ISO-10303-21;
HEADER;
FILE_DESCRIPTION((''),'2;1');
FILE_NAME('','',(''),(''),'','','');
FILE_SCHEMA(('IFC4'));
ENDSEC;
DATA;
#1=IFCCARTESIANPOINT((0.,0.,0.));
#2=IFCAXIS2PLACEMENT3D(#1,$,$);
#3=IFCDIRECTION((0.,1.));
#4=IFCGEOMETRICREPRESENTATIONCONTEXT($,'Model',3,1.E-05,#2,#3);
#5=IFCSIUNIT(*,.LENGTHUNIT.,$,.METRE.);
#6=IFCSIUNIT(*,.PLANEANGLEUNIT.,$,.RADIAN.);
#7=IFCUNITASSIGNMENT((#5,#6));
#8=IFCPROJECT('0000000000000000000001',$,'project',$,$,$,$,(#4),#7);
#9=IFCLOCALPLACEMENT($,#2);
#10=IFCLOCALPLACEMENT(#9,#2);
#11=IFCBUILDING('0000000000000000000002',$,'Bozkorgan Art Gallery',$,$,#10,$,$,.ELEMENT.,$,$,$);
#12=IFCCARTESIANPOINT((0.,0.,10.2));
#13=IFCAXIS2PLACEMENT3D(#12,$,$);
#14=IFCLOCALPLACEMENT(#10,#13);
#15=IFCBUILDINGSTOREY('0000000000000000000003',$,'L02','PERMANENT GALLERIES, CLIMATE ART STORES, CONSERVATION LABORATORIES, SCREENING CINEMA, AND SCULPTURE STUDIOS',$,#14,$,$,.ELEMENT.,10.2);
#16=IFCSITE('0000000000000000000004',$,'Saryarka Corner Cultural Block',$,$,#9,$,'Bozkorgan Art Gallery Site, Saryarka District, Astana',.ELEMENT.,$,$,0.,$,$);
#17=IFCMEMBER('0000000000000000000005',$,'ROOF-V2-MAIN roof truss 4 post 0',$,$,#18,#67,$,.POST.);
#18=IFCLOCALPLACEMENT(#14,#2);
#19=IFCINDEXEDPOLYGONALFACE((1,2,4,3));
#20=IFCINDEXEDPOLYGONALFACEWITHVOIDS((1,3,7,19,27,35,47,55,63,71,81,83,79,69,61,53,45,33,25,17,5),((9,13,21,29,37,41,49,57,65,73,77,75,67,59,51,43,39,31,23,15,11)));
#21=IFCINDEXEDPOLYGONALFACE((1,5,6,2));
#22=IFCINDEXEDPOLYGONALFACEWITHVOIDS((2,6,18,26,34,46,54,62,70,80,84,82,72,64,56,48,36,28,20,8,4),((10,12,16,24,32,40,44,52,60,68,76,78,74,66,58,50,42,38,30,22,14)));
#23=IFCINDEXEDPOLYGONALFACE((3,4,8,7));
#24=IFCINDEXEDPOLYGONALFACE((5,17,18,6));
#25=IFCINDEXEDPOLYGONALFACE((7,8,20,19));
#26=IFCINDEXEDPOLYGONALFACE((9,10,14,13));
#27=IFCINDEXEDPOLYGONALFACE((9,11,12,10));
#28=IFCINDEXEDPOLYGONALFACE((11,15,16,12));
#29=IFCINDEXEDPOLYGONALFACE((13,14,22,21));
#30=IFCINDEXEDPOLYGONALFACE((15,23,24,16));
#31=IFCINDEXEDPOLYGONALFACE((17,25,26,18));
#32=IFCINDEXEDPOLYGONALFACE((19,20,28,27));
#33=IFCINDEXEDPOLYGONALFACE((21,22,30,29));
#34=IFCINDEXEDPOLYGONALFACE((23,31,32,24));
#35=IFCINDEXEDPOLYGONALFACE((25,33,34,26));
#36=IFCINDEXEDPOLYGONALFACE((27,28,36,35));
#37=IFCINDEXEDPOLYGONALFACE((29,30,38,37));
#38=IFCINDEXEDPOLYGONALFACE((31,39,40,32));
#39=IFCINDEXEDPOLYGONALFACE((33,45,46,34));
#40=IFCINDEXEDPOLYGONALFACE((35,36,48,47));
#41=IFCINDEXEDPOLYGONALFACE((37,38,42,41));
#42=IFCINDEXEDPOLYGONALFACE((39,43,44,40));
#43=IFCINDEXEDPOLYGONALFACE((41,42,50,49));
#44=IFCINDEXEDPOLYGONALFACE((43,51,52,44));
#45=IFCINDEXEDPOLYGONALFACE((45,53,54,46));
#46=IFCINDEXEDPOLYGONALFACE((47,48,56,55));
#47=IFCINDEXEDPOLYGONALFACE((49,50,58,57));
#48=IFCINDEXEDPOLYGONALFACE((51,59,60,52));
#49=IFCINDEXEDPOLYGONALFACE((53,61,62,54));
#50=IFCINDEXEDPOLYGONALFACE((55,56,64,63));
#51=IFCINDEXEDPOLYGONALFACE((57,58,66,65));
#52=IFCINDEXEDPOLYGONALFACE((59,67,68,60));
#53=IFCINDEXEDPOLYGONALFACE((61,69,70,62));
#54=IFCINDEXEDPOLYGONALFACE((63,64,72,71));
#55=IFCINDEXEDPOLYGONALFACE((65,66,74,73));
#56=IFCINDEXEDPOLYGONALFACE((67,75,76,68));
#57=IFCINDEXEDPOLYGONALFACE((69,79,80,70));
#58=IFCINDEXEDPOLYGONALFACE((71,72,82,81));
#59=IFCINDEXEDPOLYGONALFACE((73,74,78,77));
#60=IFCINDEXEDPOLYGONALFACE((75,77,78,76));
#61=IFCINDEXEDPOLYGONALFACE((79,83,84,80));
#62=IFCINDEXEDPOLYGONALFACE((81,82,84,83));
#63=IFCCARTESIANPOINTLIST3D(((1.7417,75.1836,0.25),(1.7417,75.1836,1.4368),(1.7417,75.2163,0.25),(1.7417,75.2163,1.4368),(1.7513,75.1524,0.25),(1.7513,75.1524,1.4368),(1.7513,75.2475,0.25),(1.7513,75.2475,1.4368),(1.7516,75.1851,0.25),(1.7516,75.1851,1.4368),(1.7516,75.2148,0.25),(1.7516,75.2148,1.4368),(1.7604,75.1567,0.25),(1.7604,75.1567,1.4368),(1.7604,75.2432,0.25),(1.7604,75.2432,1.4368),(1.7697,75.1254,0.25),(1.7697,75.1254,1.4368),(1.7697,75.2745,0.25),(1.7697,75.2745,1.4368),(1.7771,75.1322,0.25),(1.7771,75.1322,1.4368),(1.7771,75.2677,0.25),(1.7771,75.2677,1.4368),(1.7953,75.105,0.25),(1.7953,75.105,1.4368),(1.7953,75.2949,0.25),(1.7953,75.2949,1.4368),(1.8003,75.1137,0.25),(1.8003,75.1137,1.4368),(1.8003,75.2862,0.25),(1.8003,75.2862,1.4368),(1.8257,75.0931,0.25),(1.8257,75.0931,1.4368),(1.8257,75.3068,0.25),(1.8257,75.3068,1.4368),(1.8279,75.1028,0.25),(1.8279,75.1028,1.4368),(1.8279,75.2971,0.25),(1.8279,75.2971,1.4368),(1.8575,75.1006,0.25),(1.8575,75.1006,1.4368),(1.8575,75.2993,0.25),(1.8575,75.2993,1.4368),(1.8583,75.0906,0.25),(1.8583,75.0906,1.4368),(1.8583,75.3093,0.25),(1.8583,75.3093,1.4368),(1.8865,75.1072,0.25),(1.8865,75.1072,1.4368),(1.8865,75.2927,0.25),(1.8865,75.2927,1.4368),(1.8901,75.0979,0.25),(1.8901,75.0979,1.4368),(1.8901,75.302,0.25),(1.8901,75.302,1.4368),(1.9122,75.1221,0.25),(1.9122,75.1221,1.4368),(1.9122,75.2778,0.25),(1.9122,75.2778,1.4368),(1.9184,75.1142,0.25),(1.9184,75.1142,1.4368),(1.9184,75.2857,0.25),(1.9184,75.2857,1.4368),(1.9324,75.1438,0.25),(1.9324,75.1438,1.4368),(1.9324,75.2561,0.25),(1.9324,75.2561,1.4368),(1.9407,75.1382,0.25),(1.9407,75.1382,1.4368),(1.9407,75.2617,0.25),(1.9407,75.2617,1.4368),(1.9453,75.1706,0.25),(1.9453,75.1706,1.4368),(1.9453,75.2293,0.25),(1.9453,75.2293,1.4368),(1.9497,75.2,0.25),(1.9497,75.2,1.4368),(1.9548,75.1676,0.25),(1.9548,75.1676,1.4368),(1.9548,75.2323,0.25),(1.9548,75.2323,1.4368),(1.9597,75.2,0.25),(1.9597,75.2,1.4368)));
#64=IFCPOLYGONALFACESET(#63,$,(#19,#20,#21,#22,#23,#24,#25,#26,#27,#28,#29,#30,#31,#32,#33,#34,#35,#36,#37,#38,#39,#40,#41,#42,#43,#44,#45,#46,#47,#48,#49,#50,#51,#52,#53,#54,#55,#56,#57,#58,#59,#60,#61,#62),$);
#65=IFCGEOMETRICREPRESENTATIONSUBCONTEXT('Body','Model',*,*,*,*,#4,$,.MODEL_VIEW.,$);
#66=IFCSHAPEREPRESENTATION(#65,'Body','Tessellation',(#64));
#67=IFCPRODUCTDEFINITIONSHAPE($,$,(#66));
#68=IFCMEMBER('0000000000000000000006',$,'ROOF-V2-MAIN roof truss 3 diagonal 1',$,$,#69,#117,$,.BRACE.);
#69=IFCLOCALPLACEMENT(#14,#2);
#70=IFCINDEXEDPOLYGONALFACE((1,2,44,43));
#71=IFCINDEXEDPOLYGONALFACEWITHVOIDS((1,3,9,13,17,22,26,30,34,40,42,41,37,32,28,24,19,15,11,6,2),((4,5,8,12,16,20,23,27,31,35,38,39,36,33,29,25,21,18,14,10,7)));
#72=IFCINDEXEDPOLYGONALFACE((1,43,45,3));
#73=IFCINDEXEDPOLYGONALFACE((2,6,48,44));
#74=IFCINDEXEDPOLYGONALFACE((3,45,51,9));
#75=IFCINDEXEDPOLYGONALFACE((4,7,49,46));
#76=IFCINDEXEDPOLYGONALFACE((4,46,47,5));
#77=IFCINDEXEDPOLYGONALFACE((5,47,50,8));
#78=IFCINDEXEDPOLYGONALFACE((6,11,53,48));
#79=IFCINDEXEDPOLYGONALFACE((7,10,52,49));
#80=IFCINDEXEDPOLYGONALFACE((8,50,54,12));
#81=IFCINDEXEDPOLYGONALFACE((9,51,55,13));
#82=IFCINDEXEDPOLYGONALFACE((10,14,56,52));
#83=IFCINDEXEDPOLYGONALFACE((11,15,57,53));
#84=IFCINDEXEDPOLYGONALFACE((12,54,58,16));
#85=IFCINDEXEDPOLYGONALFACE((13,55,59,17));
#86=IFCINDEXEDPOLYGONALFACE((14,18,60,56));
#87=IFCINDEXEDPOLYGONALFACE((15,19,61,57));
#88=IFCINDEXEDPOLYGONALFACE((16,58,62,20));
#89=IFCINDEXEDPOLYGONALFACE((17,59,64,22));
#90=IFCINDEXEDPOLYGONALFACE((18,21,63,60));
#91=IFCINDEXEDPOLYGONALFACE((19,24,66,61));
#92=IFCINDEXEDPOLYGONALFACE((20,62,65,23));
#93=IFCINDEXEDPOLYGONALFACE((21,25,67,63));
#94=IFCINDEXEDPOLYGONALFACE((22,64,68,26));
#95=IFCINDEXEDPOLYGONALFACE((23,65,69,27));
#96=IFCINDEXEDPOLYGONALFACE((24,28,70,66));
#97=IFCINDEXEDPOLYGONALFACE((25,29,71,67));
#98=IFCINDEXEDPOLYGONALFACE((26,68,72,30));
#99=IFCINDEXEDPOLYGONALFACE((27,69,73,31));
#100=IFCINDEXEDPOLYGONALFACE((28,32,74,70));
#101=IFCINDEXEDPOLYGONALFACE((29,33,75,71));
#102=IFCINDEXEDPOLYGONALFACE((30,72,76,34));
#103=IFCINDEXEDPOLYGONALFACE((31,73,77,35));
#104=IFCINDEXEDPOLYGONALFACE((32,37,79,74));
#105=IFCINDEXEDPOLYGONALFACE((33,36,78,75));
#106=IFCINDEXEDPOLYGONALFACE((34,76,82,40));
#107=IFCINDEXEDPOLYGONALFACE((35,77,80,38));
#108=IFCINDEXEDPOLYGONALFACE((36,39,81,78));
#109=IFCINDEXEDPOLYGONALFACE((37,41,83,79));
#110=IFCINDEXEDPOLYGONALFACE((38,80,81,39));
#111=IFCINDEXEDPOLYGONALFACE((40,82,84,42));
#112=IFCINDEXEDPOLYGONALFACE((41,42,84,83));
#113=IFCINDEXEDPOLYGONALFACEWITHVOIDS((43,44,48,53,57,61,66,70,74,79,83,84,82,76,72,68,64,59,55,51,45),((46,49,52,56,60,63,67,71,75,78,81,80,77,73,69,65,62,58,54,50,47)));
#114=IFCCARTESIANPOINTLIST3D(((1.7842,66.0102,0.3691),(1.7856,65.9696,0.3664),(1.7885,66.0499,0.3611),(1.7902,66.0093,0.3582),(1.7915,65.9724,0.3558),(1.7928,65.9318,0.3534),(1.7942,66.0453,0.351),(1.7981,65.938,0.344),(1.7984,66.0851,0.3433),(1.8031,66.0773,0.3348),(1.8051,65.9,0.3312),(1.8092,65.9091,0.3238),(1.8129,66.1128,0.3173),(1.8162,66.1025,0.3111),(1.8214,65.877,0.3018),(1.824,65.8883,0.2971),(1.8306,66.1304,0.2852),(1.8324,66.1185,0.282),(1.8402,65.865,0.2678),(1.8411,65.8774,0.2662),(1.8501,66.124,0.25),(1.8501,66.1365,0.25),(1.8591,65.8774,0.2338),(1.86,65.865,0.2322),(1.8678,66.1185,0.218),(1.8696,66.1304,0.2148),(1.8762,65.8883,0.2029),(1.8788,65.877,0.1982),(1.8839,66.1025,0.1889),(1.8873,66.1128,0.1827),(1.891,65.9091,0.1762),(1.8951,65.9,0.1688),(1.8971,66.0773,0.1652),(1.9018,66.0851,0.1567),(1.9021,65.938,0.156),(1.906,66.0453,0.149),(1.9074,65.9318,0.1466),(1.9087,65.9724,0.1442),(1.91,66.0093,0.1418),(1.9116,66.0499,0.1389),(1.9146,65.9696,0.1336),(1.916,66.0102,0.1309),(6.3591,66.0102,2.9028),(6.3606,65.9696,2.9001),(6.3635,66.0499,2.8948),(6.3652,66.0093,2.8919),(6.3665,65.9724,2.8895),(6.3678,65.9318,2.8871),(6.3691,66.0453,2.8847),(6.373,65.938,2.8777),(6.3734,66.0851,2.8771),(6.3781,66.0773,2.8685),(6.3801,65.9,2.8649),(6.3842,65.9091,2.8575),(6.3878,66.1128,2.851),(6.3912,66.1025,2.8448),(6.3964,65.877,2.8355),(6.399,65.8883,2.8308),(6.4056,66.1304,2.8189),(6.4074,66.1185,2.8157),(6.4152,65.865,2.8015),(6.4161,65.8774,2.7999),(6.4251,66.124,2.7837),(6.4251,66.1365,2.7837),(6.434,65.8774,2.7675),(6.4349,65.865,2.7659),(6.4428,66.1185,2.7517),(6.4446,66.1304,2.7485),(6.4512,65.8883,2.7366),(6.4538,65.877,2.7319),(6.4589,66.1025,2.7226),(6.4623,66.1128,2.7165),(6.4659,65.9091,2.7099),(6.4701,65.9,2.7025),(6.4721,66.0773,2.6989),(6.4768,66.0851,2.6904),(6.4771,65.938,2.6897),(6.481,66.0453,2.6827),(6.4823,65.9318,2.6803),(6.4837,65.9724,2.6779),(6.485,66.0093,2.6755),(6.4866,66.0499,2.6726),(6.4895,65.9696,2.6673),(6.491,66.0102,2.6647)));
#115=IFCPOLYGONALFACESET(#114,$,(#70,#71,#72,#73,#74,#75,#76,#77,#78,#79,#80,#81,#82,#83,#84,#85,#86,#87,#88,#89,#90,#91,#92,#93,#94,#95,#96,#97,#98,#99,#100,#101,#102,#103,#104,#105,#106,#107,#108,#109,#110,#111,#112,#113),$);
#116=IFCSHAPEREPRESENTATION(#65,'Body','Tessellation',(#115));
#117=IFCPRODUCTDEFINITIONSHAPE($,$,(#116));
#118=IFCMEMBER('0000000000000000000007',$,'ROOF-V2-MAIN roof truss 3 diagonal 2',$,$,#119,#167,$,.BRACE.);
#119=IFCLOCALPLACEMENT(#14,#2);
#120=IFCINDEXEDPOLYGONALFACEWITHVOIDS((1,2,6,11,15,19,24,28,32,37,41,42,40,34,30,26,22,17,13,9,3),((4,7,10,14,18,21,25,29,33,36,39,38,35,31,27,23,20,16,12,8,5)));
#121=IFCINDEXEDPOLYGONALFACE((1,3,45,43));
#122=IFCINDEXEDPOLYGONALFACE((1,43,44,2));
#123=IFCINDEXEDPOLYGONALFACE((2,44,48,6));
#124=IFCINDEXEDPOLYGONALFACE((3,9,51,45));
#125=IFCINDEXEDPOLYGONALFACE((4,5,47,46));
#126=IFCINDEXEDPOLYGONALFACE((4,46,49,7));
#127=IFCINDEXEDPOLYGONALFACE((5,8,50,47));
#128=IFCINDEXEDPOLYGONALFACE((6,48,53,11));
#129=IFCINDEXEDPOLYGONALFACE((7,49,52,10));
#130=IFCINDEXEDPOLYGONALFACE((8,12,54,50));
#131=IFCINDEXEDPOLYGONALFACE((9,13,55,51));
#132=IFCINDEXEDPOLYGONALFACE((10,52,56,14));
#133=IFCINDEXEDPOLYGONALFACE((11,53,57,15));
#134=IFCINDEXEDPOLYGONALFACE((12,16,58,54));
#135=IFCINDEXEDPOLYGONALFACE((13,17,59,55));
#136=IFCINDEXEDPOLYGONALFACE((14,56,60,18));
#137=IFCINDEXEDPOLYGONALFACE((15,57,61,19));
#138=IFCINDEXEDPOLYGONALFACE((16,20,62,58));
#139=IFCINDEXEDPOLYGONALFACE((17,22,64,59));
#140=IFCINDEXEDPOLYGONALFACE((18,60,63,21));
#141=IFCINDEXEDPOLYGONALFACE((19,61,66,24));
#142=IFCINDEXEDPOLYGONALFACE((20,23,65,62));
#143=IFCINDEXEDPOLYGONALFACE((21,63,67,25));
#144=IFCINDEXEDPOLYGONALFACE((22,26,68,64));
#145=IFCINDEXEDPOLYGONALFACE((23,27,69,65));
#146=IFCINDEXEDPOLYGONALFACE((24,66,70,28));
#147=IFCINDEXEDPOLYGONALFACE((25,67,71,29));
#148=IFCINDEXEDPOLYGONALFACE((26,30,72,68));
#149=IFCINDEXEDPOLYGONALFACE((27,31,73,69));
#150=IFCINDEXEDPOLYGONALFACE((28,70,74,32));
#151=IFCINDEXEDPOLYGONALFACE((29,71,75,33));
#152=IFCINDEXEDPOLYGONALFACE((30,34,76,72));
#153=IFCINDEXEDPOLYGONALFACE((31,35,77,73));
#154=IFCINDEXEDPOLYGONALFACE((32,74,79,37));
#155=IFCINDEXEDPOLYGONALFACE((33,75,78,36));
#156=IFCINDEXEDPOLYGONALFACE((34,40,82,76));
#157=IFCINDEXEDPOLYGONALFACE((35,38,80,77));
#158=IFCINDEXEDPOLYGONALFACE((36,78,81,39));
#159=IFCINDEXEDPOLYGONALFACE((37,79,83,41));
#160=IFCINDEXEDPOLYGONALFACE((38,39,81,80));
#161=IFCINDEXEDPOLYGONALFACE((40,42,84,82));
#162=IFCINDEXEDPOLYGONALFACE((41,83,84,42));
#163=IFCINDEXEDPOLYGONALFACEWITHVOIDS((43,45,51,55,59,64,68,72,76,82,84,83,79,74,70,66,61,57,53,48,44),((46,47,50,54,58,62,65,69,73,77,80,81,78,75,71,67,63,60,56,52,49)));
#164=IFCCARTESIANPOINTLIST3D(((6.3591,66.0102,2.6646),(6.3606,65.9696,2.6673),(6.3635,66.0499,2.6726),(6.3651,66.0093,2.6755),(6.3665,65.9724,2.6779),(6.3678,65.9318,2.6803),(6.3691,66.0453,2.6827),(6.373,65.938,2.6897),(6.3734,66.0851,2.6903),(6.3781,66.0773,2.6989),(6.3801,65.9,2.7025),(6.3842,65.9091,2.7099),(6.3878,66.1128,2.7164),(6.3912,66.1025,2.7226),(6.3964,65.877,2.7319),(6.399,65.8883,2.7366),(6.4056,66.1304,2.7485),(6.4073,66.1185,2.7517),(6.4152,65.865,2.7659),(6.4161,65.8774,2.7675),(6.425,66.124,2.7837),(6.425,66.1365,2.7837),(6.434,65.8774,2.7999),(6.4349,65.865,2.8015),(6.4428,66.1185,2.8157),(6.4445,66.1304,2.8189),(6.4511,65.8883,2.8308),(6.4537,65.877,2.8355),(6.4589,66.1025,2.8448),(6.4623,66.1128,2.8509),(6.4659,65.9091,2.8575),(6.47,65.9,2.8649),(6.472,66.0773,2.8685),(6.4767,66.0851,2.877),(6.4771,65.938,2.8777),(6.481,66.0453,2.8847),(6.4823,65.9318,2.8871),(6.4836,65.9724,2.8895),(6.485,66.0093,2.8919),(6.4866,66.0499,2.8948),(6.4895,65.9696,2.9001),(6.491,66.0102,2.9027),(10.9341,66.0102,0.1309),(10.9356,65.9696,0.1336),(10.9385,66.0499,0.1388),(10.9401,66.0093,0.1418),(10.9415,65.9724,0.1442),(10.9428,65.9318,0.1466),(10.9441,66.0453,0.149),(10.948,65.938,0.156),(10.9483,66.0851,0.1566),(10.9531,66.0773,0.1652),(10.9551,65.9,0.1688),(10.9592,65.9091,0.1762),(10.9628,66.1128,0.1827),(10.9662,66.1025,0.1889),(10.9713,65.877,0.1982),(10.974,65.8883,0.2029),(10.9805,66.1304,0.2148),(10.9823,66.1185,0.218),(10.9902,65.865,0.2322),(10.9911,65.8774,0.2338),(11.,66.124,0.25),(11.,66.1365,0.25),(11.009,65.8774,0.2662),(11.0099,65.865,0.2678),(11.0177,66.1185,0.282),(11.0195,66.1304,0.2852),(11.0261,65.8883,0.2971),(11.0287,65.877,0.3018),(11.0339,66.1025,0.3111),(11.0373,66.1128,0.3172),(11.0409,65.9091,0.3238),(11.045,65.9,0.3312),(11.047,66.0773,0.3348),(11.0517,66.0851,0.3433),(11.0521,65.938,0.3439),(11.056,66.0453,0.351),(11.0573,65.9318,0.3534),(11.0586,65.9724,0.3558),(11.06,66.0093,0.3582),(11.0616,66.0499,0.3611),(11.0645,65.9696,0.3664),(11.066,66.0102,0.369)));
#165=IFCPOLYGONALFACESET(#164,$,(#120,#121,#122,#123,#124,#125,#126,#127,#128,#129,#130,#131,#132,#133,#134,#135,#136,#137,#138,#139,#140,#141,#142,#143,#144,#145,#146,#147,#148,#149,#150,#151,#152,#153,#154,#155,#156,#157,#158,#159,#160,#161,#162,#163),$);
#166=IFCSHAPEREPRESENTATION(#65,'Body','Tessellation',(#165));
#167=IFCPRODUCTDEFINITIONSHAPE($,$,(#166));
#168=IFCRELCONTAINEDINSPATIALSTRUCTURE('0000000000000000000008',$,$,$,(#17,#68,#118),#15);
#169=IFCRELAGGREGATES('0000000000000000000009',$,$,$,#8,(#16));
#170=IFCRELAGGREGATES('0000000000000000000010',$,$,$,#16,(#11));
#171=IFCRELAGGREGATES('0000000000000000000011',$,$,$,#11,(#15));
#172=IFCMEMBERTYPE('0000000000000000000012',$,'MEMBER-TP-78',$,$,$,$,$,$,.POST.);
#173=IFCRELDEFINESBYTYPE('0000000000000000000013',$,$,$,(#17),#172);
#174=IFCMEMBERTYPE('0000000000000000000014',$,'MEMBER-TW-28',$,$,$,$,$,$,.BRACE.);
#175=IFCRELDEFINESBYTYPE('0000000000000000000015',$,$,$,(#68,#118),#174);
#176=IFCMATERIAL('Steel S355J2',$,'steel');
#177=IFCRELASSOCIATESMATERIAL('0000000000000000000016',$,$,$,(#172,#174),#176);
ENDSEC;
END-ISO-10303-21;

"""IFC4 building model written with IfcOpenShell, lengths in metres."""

from ifc_helpers import new_model, si_unit, direction, frame, origin, origin_2d, place, context, subcontext, project, spatial, hollow_circle, extrude, material, material_profile, profile_set, type_object, element, save


model = new_model("IFC4")

# Units and contexts
model_context = context("Model", 3, precision=1e-05, world=origin(), true_north=direction((0.0, 1.0)))
body_context = subcontext(model_context, "Body", "Model", "MODEL_VIEW")
ifc_project = project(units=[si_unit("LENGTHUNIT", "METRE"), si_unit("PLANEANGLEUNIT", "RADIAN")], contexts=[model_context])

# Site, building, storey
site_placement = place(None, origin())
site = spatial("IfcSite", under=ifc_project, at=site_placement, Name="Saryarka Corner Cultural Block", LongName="Bozkorgan Art Gallery Site, Saryarka District, Astana", CompositionType="ELEMENT", RefElevation=0.0)
building_placement = place(site_placement, origin())
building = spatial("IfcBuilding", under=site, at=building_placement, Name="Bozkorgan Art Gallery", CompositionType="ELEMENT")
storey_placement = place(building_placement, frame((0.0, 0.0, 10.2)))
storey = spatial("IfcBuildingStorey", under=building, at=storey_placement, Name="L02", Description="PERMANENT GALLERIES, CLIMATE ART STORES, CONSERVATION LABORATORIES, SCREENING CINEMA, AND SCULPTURE STUDIOS", CompositionType="ELEMENT", Elevation=10.2)

# Shared definitions
ifc_material_1 = material(Name="Steel S355J2", Category="steel")

# Members
ifc_material_profile_1 = material_profile(ifc_material_1, hollow_circle(Radius=0.1096, WallThickness=0.01, at=origin_2d()), Name="CHS 219.1x10")
ifc_profile_set_1 = profile_set([ifc_material_profile_1], Name="Steel S355J2")
member_type_1 = type_object("IfcMemberType", Name="MEMBER-TP-78", PredefinedType="POST", material=ifc_profile_set_1)
member_1_placement = place(storey_placement, frame((1.8501, 75.2, 0.25), z_axis=(0.0, 0.0, 1.0), x_axis=(1.0, 0.0, 0.0)))
element("IfcMember", 1, at=member_1_placement, inside=storey, type_object=member_type_1, Name="ROOF-V2-MAIN roof truss 4 post 0", PredefinedType="POST", context=body_context, shape_type="SweptSolid", body=[
    extrude(hollow_circle(Radius=0.1096, WallThickness=0.01, at=origin_2d()), origin(), (0.0, 0.0, 1.0), 1.1868),
])
ifc_material_profile_2 = material_profile(ifc_material_1, hollow_circle(Radius=0.1365, WallThickness=0.0125, at=origin_2d()), Name="CHS 273x12.5")
ifc_profile_set_2 = profile_set([ifc_material_profile_2], Name="Steel S355J2")
member_type_2 = type_object("IfcMemberType", Name="MEMBER-TW-28", PredefinedType="BRACE", material=ifc_profile_set_2)
for number, where, z_axis, x_axis, name in (
    (2, (1.8501, 66.0, 0.25), (0.874802, 0.0, 0.484481), (0.0, 1.0, 0.0), "ROOF-V2-MAIN roof truss 3 diagonal 1"),
    (3, (6.425, 66.0, 2.7837), (0.874802, 0.0, -0.484481), (0.0, 1.0, 0.0), "ROOF-V2-MAIN roof truss 3 diagonal 2"),
):
    element("IfcMember", number, at=place(storey_placement, frame(where, z_axis=z_axis, x_axis=x_axis)), inside=storey, type_object=member_type_2, Name=name, PredefinedType="BRACE", context=body_context, shape_type="SweptSolid", body=[
        extrude(hollow_circle(Radius=0.1365, WallThickness=0.0125, at=origin_2d()), origin(), (0.0, 0.0, 1.0), 5.2297),
    ])

save(model, "model.ifc")
